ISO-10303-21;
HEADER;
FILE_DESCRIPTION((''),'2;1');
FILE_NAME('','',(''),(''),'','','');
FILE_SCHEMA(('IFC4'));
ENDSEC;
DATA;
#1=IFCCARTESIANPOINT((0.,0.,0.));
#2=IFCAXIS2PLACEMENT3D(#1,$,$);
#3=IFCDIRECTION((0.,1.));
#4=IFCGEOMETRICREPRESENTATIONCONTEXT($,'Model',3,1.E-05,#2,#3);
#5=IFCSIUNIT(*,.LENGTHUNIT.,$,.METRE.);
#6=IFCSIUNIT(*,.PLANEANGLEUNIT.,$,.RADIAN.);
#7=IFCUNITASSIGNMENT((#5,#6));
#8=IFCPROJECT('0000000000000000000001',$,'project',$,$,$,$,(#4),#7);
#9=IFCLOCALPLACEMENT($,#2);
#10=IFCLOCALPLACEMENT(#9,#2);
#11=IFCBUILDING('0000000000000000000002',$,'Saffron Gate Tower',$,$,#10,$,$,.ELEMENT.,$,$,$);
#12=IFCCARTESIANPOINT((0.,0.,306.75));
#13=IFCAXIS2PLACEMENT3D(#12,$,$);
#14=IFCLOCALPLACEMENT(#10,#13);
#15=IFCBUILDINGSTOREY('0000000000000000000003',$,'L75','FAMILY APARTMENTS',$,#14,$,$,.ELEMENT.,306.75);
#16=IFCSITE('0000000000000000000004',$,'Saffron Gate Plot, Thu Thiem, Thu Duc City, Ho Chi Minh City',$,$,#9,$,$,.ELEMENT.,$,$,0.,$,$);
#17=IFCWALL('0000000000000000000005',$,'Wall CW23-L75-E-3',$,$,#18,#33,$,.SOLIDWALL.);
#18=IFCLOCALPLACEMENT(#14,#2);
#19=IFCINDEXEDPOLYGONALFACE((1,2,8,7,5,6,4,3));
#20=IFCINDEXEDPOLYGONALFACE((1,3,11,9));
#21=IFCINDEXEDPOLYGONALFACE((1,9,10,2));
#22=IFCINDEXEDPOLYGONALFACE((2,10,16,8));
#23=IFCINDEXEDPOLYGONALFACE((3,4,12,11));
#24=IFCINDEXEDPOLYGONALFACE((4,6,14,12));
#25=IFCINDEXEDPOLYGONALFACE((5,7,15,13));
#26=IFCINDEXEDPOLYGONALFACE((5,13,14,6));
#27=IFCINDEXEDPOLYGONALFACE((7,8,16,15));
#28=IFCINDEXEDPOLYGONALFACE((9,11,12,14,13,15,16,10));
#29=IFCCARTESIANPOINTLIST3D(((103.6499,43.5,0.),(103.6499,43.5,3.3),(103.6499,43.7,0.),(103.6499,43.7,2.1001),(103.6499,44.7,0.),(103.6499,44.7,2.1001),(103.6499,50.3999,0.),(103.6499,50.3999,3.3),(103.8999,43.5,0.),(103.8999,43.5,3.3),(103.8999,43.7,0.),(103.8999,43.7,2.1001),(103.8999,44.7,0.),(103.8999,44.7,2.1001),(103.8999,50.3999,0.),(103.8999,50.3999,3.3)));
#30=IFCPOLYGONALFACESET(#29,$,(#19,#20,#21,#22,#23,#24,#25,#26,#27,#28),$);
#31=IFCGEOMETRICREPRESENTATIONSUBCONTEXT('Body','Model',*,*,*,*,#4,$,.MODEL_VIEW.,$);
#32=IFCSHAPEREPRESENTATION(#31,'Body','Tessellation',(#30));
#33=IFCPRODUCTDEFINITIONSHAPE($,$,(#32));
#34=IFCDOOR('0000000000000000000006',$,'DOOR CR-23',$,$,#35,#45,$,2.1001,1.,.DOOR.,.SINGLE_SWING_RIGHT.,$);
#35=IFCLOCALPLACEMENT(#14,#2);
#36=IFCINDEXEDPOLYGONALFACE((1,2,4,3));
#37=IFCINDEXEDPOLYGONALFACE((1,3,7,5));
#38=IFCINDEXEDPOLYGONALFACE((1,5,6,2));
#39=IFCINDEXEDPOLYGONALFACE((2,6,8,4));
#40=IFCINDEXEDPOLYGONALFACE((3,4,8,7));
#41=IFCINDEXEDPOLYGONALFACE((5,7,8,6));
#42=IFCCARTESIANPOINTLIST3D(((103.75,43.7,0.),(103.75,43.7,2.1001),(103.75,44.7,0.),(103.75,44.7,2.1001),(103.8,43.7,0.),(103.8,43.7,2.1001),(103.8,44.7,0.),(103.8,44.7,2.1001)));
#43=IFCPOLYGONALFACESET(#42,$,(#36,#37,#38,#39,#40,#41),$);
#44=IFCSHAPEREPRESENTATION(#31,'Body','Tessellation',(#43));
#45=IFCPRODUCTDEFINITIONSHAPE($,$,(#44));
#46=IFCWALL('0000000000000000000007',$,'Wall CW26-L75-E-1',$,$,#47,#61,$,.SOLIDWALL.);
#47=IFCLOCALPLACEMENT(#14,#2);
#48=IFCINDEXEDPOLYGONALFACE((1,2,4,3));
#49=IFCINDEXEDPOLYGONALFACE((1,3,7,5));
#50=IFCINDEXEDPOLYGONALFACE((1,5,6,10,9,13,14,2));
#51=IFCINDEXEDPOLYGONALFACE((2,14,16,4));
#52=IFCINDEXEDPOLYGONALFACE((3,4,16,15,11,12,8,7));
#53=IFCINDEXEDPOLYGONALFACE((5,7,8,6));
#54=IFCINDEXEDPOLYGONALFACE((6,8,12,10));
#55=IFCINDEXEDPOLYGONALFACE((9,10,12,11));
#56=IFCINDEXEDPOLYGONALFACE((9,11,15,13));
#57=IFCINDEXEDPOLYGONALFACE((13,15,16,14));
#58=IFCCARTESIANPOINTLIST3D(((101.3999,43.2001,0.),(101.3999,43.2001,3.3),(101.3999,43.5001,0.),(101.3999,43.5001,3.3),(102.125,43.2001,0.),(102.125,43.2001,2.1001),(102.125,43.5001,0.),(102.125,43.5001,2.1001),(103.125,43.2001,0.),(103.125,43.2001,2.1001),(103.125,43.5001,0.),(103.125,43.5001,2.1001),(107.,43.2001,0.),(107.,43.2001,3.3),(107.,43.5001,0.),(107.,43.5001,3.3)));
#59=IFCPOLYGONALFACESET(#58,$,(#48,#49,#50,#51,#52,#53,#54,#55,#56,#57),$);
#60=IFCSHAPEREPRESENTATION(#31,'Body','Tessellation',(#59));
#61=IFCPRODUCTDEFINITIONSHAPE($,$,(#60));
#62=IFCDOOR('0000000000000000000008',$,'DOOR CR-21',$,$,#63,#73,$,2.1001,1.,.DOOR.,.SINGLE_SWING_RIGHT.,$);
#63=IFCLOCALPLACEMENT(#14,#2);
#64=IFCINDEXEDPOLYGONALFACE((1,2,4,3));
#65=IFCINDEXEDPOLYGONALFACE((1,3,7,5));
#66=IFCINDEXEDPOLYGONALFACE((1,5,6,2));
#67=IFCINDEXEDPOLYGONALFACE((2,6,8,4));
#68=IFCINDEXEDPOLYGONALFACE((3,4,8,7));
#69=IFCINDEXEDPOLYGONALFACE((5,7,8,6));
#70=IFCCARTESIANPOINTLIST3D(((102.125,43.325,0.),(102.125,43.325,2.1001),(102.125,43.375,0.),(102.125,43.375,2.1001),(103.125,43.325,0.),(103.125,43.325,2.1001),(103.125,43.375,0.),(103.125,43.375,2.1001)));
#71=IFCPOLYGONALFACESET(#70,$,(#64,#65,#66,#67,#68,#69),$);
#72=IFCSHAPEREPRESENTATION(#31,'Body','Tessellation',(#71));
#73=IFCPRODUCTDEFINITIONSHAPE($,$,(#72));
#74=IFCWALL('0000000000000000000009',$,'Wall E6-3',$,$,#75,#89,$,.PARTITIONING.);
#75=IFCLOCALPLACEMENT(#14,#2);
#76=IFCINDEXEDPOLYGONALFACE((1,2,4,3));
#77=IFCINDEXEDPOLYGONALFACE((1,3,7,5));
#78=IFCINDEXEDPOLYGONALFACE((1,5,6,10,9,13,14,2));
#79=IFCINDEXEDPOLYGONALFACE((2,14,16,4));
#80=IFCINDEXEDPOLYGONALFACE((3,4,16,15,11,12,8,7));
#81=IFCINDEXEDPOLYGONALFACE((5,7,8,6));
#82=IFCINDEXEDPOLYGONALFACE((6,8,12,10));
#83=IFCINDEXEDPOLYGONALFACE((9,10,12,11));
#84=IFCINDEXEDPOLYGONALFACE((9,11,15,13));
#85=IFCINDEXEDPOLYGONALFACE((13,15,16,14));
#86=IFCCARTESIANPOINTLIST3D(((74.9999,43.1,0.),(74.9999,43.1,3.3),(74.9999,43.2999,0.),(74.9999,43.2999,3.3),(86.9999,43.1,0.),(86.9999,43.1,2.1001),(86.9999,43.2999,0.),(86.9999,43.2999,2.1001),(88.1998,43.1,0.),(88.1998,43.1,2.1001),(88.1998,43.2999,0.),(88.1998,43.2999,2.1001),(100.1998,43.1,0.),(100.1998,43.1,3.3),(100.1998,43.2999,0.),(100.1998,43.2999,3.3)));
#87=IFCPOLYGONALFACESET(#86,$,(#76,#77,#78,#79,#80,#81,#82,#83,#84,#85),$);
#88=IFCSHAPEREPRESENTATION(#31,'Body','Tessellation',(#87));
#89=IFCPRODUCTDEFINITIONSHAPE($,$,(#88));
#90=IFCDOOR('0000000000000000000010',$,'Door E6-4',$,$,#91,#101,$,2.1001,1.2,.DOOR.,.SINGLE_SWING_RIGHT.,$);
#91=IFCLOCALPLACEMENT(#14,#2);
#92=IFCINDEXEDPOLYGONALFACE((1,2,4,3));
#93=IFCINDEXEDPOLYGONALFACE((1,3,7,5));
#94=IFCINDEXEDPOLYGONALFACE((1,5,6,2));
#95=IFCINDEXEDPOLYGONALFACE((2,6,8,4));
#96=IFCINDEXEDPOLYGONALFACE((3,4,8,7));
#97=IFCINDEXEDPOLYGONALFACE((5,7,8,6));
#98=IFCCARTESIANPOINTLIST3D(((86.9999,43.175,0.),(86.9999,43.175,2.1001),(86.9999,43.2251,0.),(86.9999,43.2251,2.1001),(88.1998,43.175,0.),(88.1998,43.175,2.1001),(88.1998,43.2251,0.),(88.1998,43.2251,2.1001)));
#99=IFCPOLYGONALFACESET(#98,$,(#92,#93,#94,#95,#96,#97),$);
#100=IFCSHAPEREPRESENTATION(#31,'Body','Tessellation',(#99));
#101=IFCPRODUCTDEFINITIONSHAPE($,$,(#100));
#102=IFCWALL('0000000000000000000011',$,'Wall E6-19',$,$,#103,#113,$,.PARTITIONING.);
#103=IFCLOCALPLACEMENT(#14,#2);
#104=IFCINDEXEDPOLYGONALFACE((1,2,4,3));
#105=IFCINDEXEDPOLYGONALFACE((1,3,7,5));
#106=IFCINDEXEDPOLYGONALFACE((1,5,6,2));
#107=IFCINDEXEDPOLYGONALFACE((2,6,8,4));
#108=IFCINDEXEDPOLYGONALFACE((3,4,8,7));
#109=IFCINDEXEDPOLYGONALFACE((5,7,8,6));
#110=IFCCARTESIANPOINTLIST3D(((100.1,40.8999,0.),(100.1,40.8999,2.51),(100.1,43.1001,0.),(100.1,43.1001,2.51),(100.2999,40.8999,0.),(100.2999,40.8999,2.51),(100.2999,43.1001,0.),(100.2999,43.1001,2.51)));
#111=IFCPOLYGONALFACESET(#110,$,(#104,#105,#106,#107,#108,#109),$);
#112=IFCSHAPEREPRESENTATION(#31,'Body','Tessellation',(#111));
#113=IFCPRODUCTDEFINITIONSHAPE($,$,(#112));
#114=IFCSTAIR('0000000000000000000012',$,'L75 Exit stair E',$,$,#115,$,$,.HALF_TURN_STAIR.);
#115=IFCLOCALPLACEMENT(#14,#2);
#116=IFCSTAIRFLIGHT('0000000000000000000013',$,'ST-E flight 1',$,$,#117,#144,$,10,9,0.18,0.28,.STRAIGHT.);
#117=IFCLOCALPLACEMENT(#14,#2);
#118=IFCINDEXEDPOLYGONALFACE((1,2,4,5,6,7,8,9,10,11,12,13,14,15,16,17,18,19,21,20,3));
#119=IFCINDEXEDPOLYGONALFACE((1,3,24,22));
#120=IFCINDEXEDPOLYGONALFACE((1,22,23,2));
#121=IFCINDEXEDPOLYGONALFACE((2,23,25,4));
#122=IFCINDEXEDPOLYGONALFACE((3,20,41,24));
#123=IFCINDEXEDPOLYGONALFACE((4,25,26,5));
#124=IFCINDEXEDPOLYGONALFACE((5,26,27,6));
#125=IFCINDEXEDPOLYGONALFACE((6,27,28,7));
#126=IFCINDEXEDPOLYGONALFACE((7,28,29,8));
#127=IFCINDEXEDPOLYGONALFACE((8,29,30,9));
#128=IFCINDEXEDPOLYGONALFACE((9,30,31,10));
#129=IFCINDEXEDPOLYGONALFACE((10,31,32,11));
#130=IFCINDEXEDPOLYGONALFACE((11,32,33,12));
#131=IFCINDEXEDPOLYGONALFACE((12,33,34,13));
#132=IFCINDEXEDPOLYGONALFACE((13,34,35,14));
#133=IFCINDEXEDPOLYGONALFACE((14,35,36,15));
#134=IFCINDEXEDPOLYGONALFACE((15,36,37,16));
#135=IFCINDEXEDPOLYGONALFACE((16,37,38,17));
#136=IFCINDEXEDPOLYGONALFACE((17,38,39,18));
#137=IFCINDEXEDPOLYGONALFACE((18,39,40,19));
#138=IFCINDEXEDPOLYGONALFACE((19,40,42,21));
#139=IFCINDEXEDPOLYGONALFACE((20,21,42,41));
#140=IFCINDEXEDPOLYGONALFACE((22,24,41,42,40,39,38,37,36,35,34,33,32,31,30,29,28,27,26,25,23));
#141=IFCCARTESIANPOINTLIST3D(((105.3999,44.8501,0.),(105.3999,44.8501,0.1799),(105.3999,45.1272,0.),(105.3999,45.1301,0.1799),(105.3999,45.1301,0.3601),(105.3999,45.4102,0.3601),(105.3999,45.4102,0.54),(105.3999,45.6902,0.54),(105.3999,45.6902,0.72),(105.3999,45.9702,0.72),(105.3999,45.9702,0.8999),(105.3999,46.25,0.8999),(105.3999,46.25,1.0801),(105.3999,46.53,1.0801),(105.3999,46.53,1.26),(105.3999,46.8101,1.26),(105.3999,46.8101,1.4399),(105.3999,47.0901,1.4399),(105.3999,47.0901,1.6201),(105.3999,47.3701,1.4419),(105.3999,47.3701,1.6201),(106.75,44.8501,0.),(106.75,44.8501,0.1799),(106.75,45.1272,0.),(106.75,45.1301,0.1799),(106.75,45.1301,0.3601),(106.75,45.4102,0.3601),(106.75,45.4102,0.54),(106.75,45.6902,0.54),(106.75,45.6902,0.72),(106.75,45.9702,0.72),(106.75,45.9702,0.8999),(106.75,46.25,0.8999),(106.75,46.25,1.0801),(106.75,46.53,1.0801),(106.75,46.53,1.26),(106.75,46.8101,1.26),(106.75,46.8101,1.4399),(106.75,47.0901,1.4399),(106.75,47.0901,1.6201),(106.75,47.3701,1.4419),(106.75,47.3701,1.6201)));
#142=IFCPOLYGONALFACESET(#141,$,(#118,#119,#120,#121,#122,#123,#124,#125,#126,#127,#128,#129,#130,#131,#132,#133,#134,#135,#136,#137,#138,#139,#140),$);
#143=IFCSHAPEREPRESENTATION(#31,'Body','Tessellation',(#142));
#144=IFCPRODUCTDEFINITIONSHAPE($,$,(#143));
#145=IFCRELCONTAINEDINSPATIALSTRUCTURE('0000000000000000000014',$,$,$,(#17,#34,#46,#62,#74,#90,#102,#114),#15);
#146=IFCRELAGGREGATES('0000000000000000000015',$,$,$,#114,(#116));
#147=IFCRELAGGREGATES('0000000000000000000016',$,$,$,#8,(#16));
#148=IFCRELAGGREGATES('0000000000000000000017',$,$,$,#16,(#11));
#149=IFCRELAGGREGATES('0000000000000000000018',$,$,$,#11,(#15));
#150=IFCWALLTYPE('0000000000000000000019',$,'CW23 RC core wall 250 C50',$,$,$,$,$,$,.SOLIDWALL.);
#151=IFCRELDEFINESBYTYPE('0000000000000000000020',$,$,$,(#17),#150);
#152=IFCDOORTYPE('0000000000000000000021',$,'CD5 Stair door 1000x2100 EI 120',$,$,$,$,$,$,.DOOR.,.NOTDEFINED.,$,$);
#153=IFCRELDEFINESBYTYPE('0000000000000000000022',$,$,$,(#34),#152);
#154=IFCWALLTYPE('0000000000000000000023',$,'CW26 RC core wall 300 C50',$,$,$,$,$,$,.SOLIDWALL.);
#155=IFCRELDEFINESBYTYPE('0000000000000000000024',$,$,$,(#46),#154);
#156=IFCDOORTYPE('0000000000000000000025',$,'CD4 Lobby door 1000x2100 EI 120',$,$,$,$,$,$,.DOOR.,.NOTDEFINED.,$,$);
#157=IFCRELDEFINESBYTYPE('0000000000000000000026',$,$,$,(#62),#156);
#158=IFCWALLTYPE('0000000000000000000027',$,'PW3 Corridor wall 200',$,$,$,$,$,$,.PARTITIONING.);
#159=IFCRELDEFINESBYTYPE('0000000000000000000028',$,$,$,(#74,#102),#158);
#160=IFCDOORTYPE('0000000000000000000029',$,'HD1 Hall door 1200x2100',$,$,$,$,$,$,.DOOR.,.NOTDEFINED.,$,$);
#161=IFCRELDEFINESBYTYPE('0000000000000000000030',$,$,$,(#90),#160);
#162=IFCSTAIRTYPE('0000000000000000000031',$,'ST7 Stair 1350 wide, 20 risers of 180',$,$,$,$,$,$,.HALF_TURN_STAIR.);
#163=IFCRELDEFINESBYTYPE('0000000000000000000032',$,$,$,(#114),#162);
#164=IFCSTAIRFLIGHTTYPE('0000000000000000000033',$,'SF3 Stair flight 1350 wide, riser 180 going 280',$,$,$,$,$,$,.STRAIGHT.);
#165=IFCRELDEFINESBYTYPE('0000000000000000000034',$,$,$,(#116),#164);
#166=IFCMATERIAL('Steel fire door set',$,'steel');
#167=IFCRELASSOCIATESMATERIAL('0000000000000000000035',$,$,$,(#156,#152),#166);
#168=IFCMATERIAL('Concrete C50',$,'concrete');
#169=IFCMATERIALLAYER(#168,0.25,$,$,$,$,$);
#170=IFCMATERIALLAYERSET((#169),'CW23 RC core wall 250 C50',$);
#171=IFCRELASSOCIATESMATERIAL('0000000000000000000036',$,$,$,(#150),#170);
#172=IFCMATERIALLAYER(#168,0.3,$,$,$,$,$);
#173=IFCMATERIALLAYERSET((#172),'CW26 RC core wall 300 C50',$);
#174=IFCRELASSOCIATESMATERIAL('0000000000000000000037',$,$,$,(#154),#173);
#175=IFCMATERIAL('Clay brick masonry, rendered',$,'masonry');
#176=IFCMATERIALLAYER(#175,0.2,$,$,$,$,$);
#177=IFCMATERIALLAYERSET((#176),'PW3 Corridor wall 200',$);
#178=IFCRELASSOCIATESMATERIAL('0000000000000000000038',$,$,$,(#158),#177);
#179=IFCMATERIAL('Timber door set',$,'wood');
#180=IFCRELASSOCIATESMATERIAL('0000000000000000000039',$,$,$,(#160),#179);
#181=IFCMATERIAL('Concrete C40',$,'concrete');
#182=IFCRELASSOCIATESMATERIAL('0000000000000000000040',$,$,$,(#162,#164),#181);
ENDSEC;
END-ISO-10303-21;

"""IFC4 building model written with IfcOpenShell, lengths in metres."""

from ifc_helpers import new_model, si_unit, direction, frame, frame_2d, origin, place, context, subcontext, project, spatial, polyline, rectangle, outline, extrude, material, layer, layer_set, type_object, element, fill, aggregate, save


model = new_model("IFC4")

# Units and contexts
model_context = context("Model", 3, precision=1e-05, world=origin(), true_north=direction((0.0, 1.0)))
body_context = subcontext(model_context, "Body", "Model", "MODEL_VIEW")
ifc_project = project(units=[si_unit("LENGTHUNIT", "METRE"), si_unit("PLANEANGLEUNIT", "RADIAN")], contexts=[model_context])

# Site, building, storey
site_placement = place(None, origin())
site = spatial("IfcSite", under=ifc_project, at=site_placement, Name="Saffron Gate Plot, Thu Thiem, Thu Duc City, Ho Chi Minh City", CompositionType="ELEMENT", RefElevation=0.0)
building_placement = place(site_placement, origin())
building = spatial("IfcBuilding", under=site, at=building_placement, Name="Saffron Gate Tower", CompositionType="ELEMENT")
storey_placement = place(building_placement, frame((0.0, 0.0, 306.75)))
storey = spatial("IfcBuildingStorey", under=building, at=storey_placement, Name="L75", Description="FAMILY APARTMENTS", CompositionType="ELEMENT", Elevation=306.75)

# Shared definitions
ifc_material_1 = material(Name="Concrete C40", Category="concrete")

# Walls, openings, doors
ifc_material_2 = material(Name="Steel fire door set", Category="steel")
door_type_1 = type_object("IfcDoorType", Name="CD4 Lobby door 1000x2100 EI 120", OperationType="NOTDEFINED", PredefinedType="DOOR", material=ifc_material_2)
ifc_material_3 = material(Name="Concrete C50", Category="concrete")
ifc_layer_1 = layer(ifc_material_3, 0.25)
ifc_layer_set_1 = layer_set([ifc_layer_1], Name="CW23 RC core wall 250 C50")
wall_type_1 = type_object("IfcWallType", Name="CW23 RC core wall 250 C50", PredefinedType="SOLIDWALL", material=ifc_layer_set_1)
wall_1_placement = place(storey_placement, frame((103.7749, 43.5, 0.0), z_axis=(0.0, 0.0, 1.0), x_axis=(0.0, 1.0, 0.0)))
wall_1 = element("IfcWall", 1, at=wall_1_placement, inside=storey, type_object=wall_type_1, Name="Wall CW23-L75-E-3", PredefinedType="SOLIDWALL", context=body_context, shape_type="SweptSolid", body=[
    extrude(rectangle(XDim=6.8999, YDim=0.25, at=frame_2d((3.45, 0.0))), origin(), (0.0, 0.0, 1.0), 3.3),
])
opening_1_placement = place(wall_1_placement, frame((0.2, 0.0, 0.0)))
opening_1 = element("IfcOpeningElement", 2, at=opening_1_placement, cuts=wall_1, PredefinedType="OPENING", context=body_context, shape_type="SweptSolid", body=[
    extrude(rectangle(XDim=1.0, YDim=2.1001, at=frame_2d((0.5, 1.05))), frame((0.0, 0.135, 0.0), z_axis=(0.0, -1.0, 0.0), x_axis=(1.0, 0.0, 0.0)), (0.0, 0.0, 1.0), 0.27),
])
door_type_2 = type_object("IfcDoorType", Name="CD5 Stair door 1000x2100 EI 120", OperationType="NOTDEFINED", PredefinedType="DOOR", material=ifc_material_2)
door_1_placement = place(opening_1_placement, origin())
door_1 = element("IfcDoor", 3, at=door_1_placement, inside=storey, type_object=door_type_2, Name="DOOR CR-23", OperationType="SINGLE_SWING_RIGHT", OverallHeight=2.1001, OverallWidth=1.0, PredefinedType="DOOR", context=body_context, shape_type="SweptSolid", body=[
    extrude(rectangle(XDim=1.0, YDim=2.1001, at=frame_2d((0.5, 1.05))), frame((0.0, 0.0249, 0.0), z_axis=(0.0, -1.0, 0.0), x_axis=(1.0, 0.0, 0.0)), (0.0, 0.0, 1.0), 0.05),
])
fill(opening_1, door_1)
ifc_layer_2 = layer(ifc_material_3, 0.3)
ifc_layer_set_2 = layer_set([ifc_layer_2], Name="CW26 RC core wall 300 C50")
wall_type_2 = type_object("IfcWallType", Name="CW26 RC core wall 300 C50", PredefinedType="SOLIDWALL", material=ifc_layer_set_2)
wall_2_placement = place(storey_placement, frame((101.3999, 43.3501, 0.0), z_axis=(0.0, 0.0, 1.0), x_axis=(1.0, 0.0, 0.0)))
wall_2 = element("IfcWall", 4, at=wall_2_placement, inside=storey, type_object=wall_type_2, Name="Wall CW26-L75-E-1", PredefinedType="SOLIDWALL", context=body_context, shape_type="SweptSolid", body=[
    extrude(rectangle(XDim=5.6001, YDim=0.3, at=frame_2d((2.8, 0.0))), origin(), (0.0, 0.0, 1.0), 3.3),
])
opening_2_placement = place(wall_2_placement, frame((0.7251, 0.0, 0.0)))
opening_2 = element("IfcOpeningElement", 5, at=opening_2_placement, cuts=wall_2, PredefinedType="OPENING", context=body_context, shape_type="SweptSolid", body=[
    extrude(rectangle(XDim=1.0, YDim=2.1001, at=frame_2d((0.5, 1.05))), frame((0.0, 0.1602, 0.0), z_axis=(0.0, -1.0, 0.0), x_axis=(1.0, 0.0, 0.0)), (0.0, 0.0, 1.0), 0.3201),
])
door_2_placement = place(opening_2_placement, origin())
door_2 = element("IfcDoor", 6, at=door_2_placement, inside=storey, type_object=door_type_1, Name="DOOR CR-21", OperationType="SINGLE_SWING_RIGHT", OverallHeight=2.1001, OverallWidth=1.0, PredefinedType="DOOR", context=body_context, shape_type="SweptSolid", body=[
    extrude(rectangle(XDim=1.0, YDim=2.1001, at=frame_2d((0.5, 1.05))), frame((0.0, 0.0249, 0.0), z_axis=(0.0, -1.0, 0.0), x_axis=(1.0, 0.0, 0.0)), (0.0, 0.0, 1.0), 0.05),
])
fill(opening_2, door_2)
ifc_material_4 = material(Name="Clay brick masonry, rendered", Category="masonry")
ifc_layer_3 = layer(ifc_material_4, 0.2)
ifc_layer_set_3 = layer_set([ifc_layer_3], Name="PW3 Corridor wall 200")
wall_type_3 = type_object("IfcWallType", Name="PW3 Corridor wall 200", PredefinedType="PARTITIONING", material=ifc_layer_set_3)
wall_3_placement = place(storey_placement, frame((100.2, 43.2, 0.0), z_axis=(0.0, 0.0, 1.0), x_axis=(-1.0, 0.0, 0.0)))
wall_3 = element("IfcWall", 7, at=wall_3_placement, inside=storey, type_object=wall_type_3, Name="Wall E6-3", PredefinedType="PARTITIONING", context=body_context, shape_type="SweptSolid", body=[
    extrude(rectangle(XDim=25.2, YDim=0.2, at=frame_2d((12.6001, 0.0))), origin(), (0.0, 0.0, 1.0), 3.3),
])
opening_3_placement = place(wall_3_placement, frame((12.0, 0.0, 0.0)))
opening_3 = element("IfcOpeningElement", 8, at=opening_3_placement, cuts=wall_3, PredefinedType="OPENING", context=body_context, shape_type="SweptSolid", body=[
    extrude(rectangle(XDim=1.2, YDim=2.1001, at=frame_2d((0.6001, 1.05))), frame((0.0, 0.1099, 0.0), z_axis=(0.0, -1.0, 0.0), x_axis=(1.0, 0.0, 0.0)), (0.0, 0.0, 1.0), 0.22),
])
ifc_material_5 = material(Name="Timber door set", Category="wood")
door_type_3 = type_object("IfcDoorType", Name="HD1 Hall door 1200x2100", OperationType="NOTDEFINED", PredefinedType="DOOR", material=ifc_material_5)
door_3_placement = place(opening_3_placement, origin())
door_3 = element("IfcDoor", 9, at=door_3_placement, inside=storey, type_object=door_type_3, Name="Door E6-4", OperationType="SINGLE_SWING_RIGHT", OverallHeight=2.1001, OverallWidth=1.2, PredefinedType="DOOR", context=body_context, shape_type="SweptSolid", body=[
    extrude(rectangle(XDim=1.2, YDim=2.1001, at=frame_2d((0.6001, 1.05))), frame((0.0, 0.0249, 0.0), z_axis=(0.0, -1.0, 0.0), x_axis=(1.0, 0.0, 0.0)), (0.0, 0.0, 1.0), 0.05),
])
fill(opening_3, door_3)

# Wall
wall_4_placement = place(storey_placement, frame((100.2, 43.1001, 0.0), z_axis=(0.0, 0.0, 1.0), x_axis=(0.0, -1.0, 0.0)))
element("IfcWall", 10, at=wall_4_placement, inside=storey, type_object=wall_type_3, Name="Wall E6-19", PredefinedType="PARTITIONING", context=body_context, shape_type="SweptSolid", body=[
    extrude(rectangle(XDim=2.2002, YDim=0.2, at=frame_2d((1.1001, 0.0))), origin(), (0.0, 0.0, 1.0), 2.51),
])

# Stair, stair flight
stair_type = type_object("IfcStairType", Name="ST7 Stair 1350 wide, 20 risers of 180", PredefinedType="HALF_TURN_STAIR", material=ifc_material_1)
stair_placement = place(storey_placement, origin())
stair = element("IfcStair", 11, at=stair_placement, inside=storey, type_object=stair_type, Name="L75 Exit stair E", PredefinedType="HALF_TURN_STAIR")
stair_flight_type = type_object("IfcStairFlightType", Name="SF3 Stair flight 1350 wide, riser 180 going 280", PredefinedType="STRAIGHT", material=ifc_material_1)
stair_flight_placement = place(storey_placement, frame((106.075, 44.8501, 0.0), z_axis=(0.0, 0.0, 1.0), x_axis=(0.0, 1.0, 0.0)))
stair_flight = element("IfcStairFlight", 12, at=stair_flight_placement, type_object=stair_flight_type, Name="ST-E flight 1", NumberOfRisers=10, NumberOfTreads=9, PredefinedType="STRAIGHT", RiserHeight=0.18, TreadLength=0.28, context=body_context, shape_type="SweptSolid", body=[
    extrude(outline(polyline([(0.0, 0.0), (0.0, 0.1799), (0.28, 0.1799), (0.28, 0.3601), (0.5601, 0.3601), (0.5601, 0.54), (0.8401, 0.54), (0.8401, 0.72), (1.1201, 0.72), (1.1201, 0.8999), (1.3999, 0.8999), (1.3999, 1.0801), (1.6799, 1.0801), (1.6799, 1.26), (1.96, 1.26), (1.96, 1.4399), (2.24, 1.4399), (2.24, 1.6201), (2.52, 1.6201), (2.52, 1.8), (2.52, 1.4419), (0.2771, 0.0), (0.0, 0.0)])), frame((0.0, 0.675, 0.0), z_axis=(0.0, -1.0, 0.0), x_axis=(1.0, 0.0, 0.0)), (0.0, 0.0, 1.0), 1.3501),
])
aggregate(stair, [stair_flight])

save(model, "model.ifc")
